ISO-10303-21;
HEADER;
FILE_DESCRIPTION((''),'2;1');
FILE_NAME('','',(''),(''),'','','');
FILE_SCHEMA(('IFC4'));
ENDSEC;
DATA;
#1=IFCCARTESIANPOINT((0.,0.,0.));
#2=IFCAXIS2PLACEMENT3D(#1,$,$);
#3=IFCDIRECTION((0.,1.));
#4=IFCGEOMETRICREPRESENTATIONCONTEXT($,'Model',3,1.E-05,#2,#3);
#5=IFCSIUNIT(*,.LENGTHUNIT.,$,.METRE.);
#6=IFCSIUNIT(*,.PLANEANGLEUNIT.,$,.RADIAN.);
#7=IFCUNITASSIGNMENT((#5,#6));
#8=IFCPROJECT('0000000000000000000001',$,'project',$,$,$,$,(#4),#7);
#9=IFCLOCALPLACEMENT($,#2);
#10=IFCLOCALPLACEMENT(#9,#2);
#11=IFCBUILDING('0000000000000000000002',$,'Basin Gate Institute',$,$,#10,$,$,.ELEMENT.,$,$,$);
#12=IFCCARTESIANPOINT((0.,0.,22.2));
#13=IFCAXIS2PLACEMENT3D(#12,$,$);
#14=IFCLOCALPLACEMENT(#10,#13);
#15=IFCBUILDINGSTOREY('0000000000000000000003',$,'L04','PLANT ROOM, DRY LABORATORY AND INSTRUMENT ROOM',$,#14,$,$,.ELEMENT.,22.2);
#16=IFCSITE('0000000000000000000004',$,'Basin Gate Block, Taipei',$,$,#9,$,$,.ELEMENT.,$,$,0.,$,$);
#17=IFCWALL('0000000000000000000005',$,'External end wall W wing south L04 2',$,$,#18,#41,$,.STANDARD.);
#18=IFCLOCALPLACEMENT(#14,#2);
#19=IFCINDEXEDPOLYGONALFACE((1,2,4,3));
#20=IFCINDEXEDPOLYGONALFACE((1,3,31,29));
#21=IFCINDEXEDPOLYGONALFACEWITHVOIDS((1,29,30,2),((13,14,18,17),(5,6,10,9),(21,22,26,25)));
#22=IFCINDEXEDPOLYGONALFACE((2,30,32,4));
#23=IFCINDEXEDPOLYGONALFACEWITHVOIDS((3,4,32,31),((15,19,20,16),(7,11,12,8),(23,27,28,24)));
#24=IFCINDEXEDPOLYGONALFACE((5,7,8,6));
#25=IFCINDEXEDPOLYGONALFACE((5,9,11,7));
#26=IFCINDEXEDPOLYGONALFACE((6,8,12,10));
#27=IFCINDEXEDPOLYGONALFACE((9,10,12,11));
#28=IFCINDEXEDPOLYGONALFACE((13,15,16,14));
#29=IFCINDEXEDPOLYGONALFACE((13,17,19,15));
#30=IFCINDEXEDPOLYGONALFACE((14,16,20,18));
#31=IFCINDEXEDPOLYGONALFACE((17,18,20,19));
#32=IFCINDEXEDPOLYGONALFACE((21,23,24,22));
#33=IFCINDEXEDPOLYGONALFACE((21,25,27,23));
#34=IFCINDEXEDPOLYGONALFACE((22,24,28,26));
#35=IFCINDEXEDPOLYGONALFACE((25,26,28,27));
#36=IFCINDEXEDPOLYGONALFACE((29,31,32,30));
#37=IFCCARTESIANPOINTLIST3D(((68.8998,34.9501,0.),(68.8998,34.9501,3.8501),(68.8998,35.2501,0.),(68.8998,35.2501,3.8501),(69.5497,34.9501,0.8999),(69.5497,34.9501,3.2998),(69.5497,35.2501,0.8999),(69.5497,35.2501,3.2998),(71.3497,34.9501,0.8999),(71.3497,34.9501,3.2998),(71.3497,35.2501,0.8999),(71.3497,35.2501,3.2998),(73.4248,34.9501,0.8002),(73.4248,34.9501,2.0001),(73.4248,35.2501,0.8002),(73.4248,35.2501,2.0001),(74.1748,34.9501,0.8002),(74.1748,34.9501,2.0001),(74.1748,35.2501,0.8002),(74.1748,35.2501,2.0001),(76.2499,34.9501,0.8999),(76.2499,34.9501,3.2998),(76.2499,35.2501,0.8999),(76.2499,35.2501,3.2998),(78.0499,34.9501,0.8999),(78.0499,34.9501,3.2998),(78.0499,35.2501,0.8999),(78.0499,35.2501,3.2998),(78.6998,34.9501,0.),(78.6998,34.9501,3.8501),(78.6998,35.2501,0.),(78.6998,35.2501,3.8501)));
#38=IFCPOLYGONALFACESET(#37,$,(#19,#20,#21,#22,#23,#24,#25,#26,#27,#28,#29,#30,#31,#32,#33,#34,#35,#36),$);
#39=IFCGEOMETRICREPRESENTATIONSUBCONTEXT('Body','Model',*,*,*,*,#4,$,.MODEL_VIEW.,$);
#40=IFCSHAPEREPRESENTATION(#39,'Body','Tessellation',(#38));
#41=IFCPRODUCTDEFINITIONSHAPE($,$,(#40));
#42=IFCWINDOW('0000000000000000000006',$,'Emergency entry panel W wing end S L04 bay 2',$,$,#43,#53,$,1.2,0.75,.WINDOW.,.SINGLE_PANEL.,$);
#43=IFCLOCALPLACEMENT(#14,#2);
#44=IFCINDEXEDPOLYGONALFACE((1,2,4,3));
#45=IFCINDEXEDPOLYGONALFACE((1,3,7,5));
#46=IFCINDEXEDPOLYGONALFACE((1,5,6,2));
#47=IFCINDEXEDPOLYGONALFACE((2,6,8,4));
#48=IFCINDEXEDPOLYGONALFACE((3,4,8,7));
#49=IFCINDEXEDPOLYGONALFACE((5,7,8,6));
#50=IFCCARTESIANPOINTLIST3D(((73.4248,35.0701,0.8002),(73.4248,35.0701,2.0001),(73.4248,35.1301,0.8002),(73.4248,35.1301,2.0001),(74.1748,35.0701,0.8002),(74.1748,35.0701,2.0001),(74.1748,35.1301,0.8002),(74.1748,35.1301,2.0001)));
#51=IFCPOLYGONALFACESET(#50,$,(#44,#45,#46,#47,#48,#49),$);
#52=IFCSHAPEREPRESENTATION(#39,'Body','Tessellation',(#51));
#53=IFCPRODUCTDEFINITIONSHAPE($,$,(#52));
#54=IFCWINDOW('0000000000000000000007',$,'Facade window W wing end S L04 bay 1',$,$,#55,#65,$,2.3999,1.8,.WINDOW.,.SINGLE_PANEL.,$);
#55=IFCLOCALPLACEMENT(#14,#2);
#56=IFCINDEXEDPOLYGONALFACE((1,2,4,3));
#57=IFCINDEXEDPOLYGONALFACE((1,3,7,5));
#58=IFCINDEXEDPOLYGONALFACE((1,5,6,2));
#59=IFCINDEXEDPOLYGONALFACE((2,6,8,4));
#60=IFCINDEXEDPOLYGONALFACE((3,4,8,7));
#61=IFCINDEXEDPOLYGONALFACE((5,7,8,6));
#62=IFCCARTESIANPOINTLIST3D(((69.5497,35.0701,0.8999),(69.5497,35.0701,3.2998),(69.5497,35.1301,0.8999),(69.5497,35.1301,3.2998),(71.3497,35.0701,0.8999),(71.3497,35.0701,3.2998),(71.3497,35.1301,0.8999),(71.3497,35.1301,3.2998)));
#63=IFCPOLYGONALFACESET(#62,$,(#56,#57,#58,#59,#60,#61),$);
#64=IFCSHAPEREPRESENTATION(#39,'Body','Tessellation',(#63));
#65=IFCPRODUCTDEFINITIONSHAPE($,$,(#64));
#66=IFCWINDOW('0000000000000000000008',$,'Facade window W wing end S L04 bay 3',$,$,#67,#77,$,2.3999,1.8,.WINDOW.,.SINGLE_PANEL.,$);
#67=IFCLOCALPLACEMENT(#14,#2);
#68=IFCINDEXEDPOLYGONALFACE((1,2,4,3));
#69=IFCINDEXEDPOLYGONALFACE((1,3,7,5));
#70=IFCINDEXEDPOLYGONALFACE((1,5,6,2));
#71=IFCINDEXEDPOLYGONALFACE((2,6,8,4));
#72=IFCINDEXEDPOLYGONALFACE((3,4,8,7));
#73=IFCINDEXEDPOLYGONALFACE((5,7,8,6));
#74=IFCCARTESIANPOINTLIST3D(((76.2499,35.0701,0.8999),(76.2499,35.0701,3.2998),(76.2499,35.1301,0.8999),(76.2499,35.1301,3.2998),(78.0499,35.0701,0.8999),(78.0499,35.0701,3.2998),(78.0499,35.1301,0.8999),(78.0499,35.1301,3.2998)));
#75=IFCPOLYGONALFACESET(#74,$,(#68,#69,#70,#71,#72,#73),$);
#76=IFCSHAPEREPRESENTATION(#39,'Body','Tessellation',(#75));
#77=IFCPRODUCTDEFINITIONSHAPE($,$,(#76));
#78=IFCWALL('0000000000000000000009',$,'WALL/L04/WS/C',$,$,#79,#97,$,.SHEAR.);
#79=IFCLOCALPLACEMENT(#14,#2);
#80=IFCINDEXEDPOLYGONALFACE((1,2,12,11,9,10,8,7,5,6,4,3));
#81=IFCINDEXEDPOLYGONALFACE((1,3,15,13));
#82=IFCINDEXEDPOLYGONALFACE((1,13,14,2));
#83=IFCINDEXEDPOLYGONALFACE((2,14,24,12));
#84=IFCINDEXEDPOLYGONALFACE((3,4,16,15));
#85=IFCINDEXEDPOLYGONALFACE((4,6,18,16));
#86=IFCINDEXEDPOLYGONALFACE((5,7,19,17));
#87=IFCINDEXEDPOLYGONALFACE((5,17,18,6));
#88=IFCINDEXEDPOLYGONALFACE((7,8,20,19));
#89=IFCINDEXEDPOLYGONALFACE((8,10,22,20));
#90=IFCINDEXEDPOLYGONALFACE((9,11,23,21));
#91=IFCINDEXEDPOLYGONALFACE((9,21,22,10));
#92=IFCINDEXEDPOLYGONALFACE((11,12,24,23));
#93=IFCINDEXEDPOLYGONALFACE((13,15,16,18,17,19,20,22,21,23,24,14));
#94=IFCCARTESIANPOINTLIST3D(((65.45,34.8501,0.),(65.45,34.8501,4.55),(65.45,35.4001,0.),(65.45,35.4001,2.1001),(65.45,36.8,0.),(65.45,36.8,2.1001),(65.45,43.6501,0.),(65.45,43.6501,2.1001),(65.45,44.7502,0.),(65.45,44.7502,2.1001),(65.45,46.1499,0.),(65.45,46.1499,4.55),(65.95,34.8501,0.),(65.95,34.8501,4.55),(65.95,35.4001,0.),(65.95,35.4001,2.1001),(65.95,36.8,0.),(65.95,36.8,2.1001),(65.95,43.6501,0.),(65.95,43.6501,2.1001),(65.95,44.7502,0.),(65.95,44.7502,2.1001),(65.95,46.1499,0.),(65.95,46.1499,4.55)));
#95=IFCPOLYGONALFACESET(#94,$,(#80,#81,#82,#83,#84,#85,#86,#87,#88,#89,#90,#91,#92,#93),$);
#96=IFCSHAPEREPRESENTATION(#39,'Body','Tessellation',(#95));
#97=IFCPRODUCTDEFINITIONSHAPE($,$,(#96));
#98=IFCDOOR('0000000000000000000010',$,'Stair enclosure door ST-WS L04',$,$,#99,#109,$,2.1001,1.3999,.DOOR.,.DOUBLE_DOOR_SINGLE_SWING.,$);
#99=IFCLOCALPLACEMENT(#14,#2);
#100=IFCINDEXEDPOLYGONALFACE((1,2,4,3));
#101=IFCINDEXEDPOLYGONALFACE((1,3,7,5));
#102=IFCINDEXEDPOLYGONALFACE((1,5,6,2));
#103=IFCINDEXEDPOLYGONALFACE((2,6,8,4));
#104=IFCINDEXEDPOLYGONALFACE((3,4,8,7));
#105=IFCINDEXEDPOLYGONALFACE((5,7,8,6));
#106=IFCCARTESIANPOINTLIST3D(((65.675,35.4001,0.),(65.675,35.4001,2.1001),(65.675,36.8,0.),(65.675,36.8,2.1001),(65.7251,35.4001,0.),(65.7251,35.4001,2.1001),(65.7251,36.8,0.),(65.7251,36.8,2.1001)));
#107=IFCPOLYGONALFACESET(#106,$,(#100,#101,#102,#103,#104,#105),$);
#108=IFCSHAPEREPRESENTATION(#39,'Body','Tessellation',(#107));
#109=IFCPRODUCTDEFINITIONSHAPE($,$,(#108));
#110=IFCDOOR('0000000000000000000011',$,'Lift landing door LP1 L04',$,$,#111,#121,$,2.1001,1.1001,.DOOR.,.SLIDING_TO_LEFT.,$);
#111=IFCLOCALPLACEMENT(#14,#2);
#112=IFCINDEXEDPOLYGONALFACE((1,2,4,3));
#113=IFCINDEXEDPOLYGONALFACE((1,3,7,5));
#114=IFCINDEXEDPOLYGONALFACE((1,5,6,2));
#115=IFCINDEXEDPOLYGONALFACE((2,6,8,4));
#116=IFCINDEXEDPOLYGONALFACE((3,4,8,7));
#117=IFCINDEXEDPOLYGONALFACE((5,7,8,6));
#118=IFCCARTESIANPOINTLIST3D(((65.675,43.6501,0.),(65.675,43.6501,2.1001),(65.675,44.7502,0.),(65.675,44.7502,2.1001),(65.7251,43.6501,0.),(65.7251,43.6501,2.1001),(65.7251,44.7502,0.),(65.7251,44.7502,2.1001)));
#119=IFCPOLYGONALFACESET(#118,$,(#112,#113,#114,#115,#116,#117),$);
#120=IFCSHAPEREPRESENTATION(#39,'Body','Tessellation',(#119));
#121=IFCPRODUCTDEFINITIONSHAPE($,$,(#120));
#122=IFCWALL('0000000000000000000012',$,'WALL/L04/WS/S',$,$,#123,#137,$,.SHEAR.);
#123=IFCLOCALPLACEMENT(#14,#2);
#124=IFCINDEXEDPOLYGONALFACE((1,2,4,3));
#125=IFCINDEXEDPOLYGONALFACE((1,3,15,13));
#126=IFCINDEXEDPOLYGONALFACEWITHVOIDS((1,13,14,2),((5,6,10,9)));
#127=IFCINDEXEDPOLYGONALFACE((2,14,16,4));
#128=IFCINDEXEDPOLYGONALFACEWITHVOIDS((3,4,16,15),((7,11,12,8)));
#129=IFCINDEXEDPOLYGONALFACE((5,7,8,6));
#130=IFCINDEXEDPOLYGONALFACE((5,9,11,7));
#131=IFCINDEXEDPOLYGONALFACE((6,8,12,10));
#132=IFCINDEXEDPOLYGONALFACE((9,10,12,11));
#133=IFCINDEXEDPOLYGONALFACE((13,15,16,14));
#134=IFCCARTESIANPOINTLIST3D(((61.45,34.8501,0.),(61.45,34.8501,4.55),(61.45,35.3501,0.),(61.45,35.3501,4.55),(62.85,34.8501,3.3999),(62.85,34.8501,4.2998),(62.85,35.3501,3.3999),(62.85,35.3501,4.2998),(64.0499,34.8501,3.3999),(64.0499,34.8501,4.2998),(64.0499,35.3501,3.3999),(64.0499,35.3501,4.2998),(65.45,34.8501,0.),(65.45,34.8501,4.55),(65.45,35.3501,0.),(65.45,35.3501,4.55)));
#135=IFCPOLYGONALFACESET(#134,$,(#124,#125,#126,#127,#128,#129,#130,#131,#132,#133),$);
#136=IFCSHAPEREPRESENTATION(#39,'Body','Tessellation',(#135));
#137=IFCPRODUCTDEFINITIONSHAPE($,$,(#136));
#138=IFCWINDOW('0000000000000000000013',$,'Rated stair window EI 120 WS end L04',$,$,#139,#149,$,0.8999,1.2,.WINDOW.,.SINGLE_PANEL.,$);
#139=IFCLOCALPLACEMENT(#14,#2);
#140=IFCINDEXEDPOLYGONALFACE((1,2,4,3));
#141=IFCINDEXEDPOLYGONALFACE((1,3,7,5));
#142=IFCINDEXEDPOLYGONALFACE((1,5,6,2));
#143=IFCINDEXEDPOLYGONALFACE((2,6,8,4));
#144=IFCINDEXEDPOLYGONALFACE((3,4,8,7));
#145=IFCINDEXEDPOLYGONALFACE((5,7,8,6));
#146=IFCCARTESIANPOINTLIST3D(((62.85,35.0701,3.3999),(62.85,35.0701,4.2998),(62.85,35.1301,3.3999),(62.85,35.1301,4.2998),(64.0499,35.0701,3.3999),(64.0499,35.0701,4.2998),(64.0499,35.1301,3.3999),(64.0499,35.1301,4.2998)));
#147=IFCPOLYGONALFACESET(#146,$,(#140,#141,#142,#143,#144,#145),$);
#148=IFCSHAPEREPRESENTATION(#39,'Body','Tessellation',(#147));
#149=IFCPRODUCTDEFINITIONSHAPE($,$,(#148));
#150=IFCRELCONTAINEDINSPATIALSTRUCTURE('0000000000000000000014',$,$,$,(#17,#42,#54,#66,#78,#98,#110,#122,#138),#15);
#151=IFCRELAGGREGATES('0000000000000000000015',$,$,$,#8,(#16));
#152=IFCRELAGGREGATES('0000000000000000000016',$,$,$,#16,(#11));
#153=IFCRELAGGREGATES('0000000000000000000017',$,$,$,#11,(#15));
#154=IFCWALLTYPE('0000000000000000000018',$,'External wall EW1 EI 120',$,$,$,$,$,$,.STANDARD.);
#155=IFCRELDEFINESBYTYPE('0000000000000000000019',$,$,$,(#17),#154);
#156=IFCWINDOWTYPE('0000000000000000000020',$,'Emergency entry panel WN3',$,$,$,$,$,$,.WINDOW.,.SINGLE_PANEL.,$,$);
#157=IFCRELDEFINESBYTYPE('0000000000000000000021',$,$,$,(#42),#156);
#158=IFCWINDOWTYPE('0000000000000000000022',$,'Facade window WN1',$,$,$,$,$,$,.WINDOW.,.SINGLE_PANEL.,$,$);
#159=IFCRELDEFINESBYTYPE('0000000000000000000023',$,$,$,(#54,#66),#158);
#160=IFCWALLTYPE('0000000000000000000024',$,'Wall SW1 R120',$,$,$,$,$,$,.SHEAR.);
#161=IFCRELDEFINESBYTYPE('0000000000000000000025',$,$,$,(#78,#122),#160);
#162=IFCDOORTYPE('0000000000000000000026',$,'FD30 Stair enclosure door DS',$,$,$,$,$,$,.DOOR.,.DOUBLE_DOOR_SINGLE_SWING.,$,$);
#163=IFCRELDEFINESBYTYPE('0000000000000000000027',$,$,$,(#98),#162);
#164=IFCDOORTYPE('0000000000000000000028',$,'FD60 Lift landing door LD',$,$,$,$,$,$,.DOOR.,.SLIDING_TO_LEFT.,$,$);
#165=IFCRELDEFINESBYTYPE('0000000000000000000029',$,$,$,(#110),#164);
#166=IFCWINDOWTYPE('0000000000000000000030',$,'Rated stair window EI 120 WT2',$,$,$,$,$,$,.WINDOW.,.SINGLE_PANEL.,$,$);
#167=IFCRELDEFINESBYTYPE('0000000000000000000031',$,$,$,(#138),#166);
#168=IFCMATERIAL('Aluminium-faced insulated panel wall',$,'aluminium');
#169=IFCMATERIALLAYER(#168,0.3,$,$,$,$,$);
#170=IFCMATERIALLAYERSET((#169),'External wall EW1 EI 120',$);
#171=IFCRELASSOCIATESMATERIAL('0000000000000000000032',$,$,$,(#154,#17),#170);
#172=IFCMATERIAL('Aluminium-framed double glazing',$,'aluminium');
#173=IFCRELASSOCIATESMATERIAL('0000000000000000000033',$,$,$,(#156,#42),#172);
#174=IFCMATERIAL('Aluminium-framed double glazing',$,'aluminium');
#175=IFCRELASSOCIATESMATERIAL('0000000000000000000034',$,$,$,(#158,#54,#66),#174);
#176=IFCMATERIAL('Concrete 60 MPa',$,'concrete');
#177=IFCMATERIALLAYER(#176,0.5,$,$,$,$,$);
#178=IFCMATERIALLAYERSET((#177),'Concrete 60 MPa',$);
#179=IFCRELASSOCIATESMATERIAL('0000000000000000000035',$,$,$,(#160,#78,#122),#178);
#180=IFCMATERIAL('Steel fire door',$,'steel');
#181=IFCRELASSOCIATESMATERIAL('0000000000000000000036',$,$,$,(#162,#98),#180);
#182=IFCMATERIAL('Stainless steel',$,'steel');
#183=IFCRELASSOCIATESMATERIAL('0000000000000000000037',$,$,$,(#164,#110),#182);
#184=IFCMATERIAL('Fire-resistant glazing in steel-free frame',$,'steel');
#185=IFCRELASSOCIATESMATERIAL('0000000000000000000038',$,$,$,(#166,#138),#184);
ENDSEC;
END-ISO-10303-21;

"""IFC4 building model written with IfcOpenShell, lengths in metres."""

from ifc_helpers import new_model, si_unit, direction, frame, frame_2d, origin, place, context, subcontext, project, spatial, rectangle, extrude, material, layer, layer_set, type_object, element, fill, save


model = new_model("IFC4")

# Units and contexts
model_context = context("Model", 3, precision=1e-05, world=origin(), true_north=direction((0.0, 1.0)))
body_context = subcontext(model_context, "Body", "Model", "MODEL_VIEW")
ifc_project = project(units=[si_unit("LENGTHUNIT", "METRE"), si_unit("PLANEANGLEUNIT", "RADIAN")], contexts=[model_context])

# Site, building, storey
site_placement = place(None, origin())
site = spatial("IfcSite", under=ifc_project, at=site_placement, Name="Basin Gate Block, Taipei", CompositionType="ELEMENT", RefElevation=0.0)
building_placement = place(site_placement, origin())
building = spatial("IfcBuilding", under=site, at=building_placement, Name="Basin Gate Institute", CompositionType="ELEMENT")
storey_placement = place(building_placement, frame((0.0, 0.0, 22.2)))
storey = spatial("IfcBuildingStorey", under=building, at=storey_placement, Name="L04", Description="PLANT ROOM, DRY LABORATORY AND INSTRUMENT ROOM", CompositionType="ELEMENT", Elevation=22.2)

# Shared definitions
ifc_material_1 = material(Name="Aluminium-faced insulated panel wall", Category="aluminium")
ifc_layer_1 = layer(ifc_material_1, 0.3)
ifc_layer_set_1 = layer_set([ifc_layer_1], Name="External wall EW1 EI 120")
wall_type_1 = type_object("IfcWallType", Name="External wall EW1 EI 120", PredefinedType="STANDARD", material=ifc_layer_set_1)

# Wall, openings, windows
wall_1_placement = place(storey_placement, frame((68.8999, 35.1001, 0.0), z_axis=(0.0, 0.0, 1.0), x_axis=(1.0, 0.0, 0.0)))
wall_1 = element("IfcWall", 1, at=wall_1_placement, inside=storey, type_object=wall_type_1, material=ifc_layer_set_1, Name="External end wall W wing south L04 2", PredefinedType="STANDARD", context=body_context, shape_type="SweptSolid", body=[
    extrude(rectangle(XDim=9.8, YDim=0.3, at=frame_2d((4.8999, 0.0))), origin(), (0.0, 0.0, 1.0), 3.8501),
])
opening_1_placement = place(wall_1_placement, frame((0.6499, 0.0, 0.8999)))
opening_1 = element("IfcOpeningElement", 2, at=opening_1_placement, cuts=wall_1, PredefinedType="OPENING", context=body_context, shape_type="SweptSolid", body=[
    extrude(rectangle(XDim=1.8, YDim=2.3999, at=frame_2d((0.8999, 1.2))), frame((0.0, 0.1602, 0.0), z_axis=(0.0, -1.0, 0.0), x_axis=(1.0, 0.0, 0.0)), (0.0, 0.0, 1.0), 0.3201),
])
opening_2_placement = place(wall_1_placement, frame((4.5249, 0.0, 0.8)))
opening_2 = element("IfcOpeningElement", 3, at=opening_2_placement, cuts=wall_1, PredefinedType="OPENING", context=body_context, shape_type="SweptSolid", body=[
    extrude(rectangle(XDim=0.75, YDim=1.2, at=frame_2d((0.375, 0.6001))), frame((0.0, 0.1602, 0.0), z_axis=(0.0, -1.0, 0.0), x_axis=(1.0, 0.0, 0.0)), (0.0, 0.0, 1.0), 0.3201),
])
opening_3_placement = place(wall_1_placement, frame((7.3501, 0.0, 0.8999)))
opening_3 = element("IfcOpeningElement", 4, at=opening_3_placement, cuts=wall_1, PredefinedType="OPENING", context=body_context, shape_type="SweptSolid", body=[
    extrude(rectangle(XDim=1.8, YDim=2.3999, at=frame_2d((0.8999, 1.2))), frame((0.0, 0.1602, 0.0), z_axis=(0.0, -1.0, 0.0), x_axis=(1.0, 0.0, 0.0)), (0.0, 0.0, 1.0), 0.3201),
])
ifc_material_2 = material(Name="Aluminium-framed double glazing", Category="aluminium")
window_type_1 = type_object("IfcWindowType", Name="Emergency entry panel WN3", PartitioningType="SINGLE_PANEL", PredefinedType="WINDOW", material=ifc_material_2)
window_1_placement = place(opening_2_placement, origin())
window_1 = element("IfcWindow", 5, at=window_1_placement, inside=storey, type_object=window_type_1, material=ifc_material_2, Name="Emergency entry panel W wing end S L04 bay 2", OverallHeight=1.2, OverallWidth=0.75, PartitioningType="SINGLE_PANEL", PredefinedType="WINDOW", context=body_context, shape_type="SweptSolid", body=[
    extrude(rectangle(XDim=0.75, YDim=1.2, at=frame_2d((0.375, 0.6001))), frame((0.0, 0.03, 0.0), z_axis=(0.0, -1.0, 0.0), x_axis=(1.0, 0.0, 0.0)), (0.0, 0.0, 1.0), 0.0601),
])
fill(opening_2, window_1)
ifc_material_3 = material(Name="Aluminium-framed double glazing", Category="aluminium")
window_type_2 = type_object("IfcWindowType", Name="Facade window WN1", PartitioningType="SINGLE_PANEL", PredefinedType="WINDOW", material=ifc_material_3)
window_2_placement = place(opening_1_placement, origin())
window_2 = element("IfcWindow", 6, at=window_2_placement, inside=storey, type_object=window_type_2, material=ifc_material_3, Name="Facade window W wing end S L04 bay 1", OverallHeight=2.3999, OverallWidth=1.8, PartitioningType="SINGLE_PANEL", PredefinedType="WINDOW", context=body_context, shape_type="SweptSolid", body=[
    extrude(rectangle(XDim=1.8, YDim=2.3999, at=frame_2d((0.8999, 1.2))), frame((0.0, 0.03, 0.0), z_axis=(0.0, -1.0, 0.0), x_axis=(1.0, 0.0, 0.0)), (0.0, 0.0, 1.0), 0.0601),
])
fill(opening_1, window_2)
window_3_placement = place(opening_3_placement, origin())
window_3 = element("IfcWindow", 7, at=window_3_placement, inside=storey, type_object=window_type_2, material=ifc_material_3, Name="Facade window W wing end S L04 bay 3", OverallHeight=2.3999, OverallWidth=1.8, PartitioningType="SINGLE_PANEL", PredefinedType="WINDOW", context=body_context, shape_type="SweptSolid", body=[
    extrude(rectangle(XDim=1.8, YDim=2.3999, at=frame_2d((0.8999, 1.2))), frame((0.0, 0.03, 0.0), z_axis=(0.0, -1.0, 0.0), x_axis=(1.0, 0.0, 0.0)), (0.0, 0.0, 1.0), 0.0601),
])
fill(opening_3, window_3)

# Wall, openings, doors
ifc_material_4 = material(Name="Concrete 60 MPa", Category="concrete")
ifc_layer_2 = layer(ifc_material_4, 0.5)
ifc_layer_set_2 = layer_set([ifc_layer_2], Name="Concrete 60 MPa")
wall_type_2 = type_object("IfcWallType", Name="Wall SW1 R120", PredefinedType="SHEAR", material=ifc_layer_set_2)
wall_2_placement = place(storey_placement, frame((65.7, 34.8501, 0.0), z_axis=(0.0, 0.0, 1.0), x_axis=(0.0, 1.0, 0.0)))
wall_2 = element("IfcWall", 8, at=wall_2_placement, inside=storey, type_object=wall_type_2, material=ifc_layer_set_2, Name="WALL/L04/WS/C", PredefinedType="SHEAR", context=body_context, shape_type="SweptSolid", body=[
    extrude(rectangle(XDim=11.2998, YDim=0.5, at=frame_2d((5.6499, 0.0))), origin(), (0.0, 0.0, 1.0), 4.55),
])
opening_4_placement = place(wall_2_placement, frame((0.55, 0.0, 0.0)))
opening_4 = element("IfcOpeningElement", 9, at=opening_4_placement, cuts=wall_2, PredefinedType="OPENING", context=body_context, shape_type="SweptSolid", body=[
    extrude(rectangle(XDim=1.3999, YDim=2.1001, at=frame_2d((0.7, 1.05))), frame((0.0, 0.26, 0.0), z_axis=(0.0, -1.0, 0.0), x_axis=(1.0, 0.0, 0.0)), (0.0, 0.0, 1.0), 0.52),
])
opening_5_placement = place(wall_2_placement, frame((8.8, 0.0, 0.0)))
opening_5 = element("IfcOpeningElement", 10, at=opening_5_placement, cuts=wall_2, PredefinedType="OPENING", context=body_context, shape_type="SweptSolid", body=[
    extrude(rectangle(XDim=1.1001, YDim=2.1001, at=frame_2d((0.55, 1.05))), frame((0.0, 0.26, 0.0), z_axis=(0.0, -1.0, 0.0), x_axis=(1.0, 0.0, 0.0)), (0.0, 0.0, 1.0), 0.52),
])
ifc_material_5 = material(Name="Steel fire door", Category="steel")
door_type_1 = type_object("IfcDoorType", Name="FD30 Stair enclosure door DS", OperationType="DOUBLE_DOOR_SINGLE_SWING", PredefinedType="DOOR", material=ifc_material_5)
door_1_placement = place(opening_4_placement, origin())
door_1 = element("IfcDoor", 11, at=door_1_placement, inside=storey, type_object=door_type_1, material=ifc_material_5, Name="Stair enclosure door ST-WS L04", OperationType="DOUBLE_DOOR_SINGLE_SWING", OverallHeight=2.1001, OverallWidth=1.3999, PredefinedType="DOOR", context=body_context, shape_type="SweptSolid", body=[
    extrude(rectangle(XDim=1.3999, YDim=2.1001, at=frame_2d((0.7, 1.05))), frame((0.0, 0.0249, 0.0), z_axis=(0.0, -1.0, 0.0), x_axis=(1.0, 0.0, 0.0)), (0.0, 0.0, 1.0), 0.05),
])
fill(opening_4, door_1)
ifc_material_6 = material(Name="Stainless steel", Category="steel")
door_type_2 = type_object("IfcDoorType", Name="FD60 Lift landing door LD", OperationType="SLIDING_TO_LEFT", PredefinedType="DOOR", material=ifc_material_6)
door_2_placement = place(opening_5_placement, origin())
door_2 = element("IfcDoor", 12, at=door_2_placement, inside=storey, type_object=door_type_2, material=ifc_material_6, Name="Lift landing door LP1 L04", OperationType="SLIDING_TO_LEFT", OverallHeight=2.1001, OverallWidth=1.1001, PredefinedType="DOOR", context=body_context, shape_type="SweptSolid", body=[
    extrude(rectangle(XDim=1.1001, YDim=2.1001, at=frame_2d((0.55, 1.05))), frame((0.0, 0.0249, 0.0), z_axis=(0.0, -1.0, 0.0), x_axis=(1.0, 0.0, 0.0)), (0.0, 0.0, 1.0), 0.05),
])
fill(opening_5, door_2)

# Wall, opening, window
wall_3_placement = place(storey_placement, frame((61.45, 35.1001, 0.0), z_axis=(0.0, 0.0, 1.0), x_axis=(1.0, 0.0, 0.0)))
wall_3 = element("IfcWall", 13, at=wall_3_placement, inside=storey, type_object=wall_type_2, material=ifc_layer_set_2, Name="WALL/L04/WS/S", PredefinedType="SHEAR", context=body_context, shape_type="SweptSolid", body=[
    extrude(rectangle(XDim=4.0, YDim=0.5, at=frame_2d((2.0, 0.0))), origin(), (0.0, 0.0, 1.0), 4.55),
])
opening_6_placement = place(wall_3_placement, frame((1.3999, 0.0, 3.3999)))
opening_6 = element("IfcOpeningElement", 14, at=opening_6_placement, cuts=wall_3, PredefinedType="OPENING", context=body_context, shape_type="SweptSolid", body=[
    extrude(rectangle(XDim=1.2, YDim=0.8999, at=frame_2d((0.6001, 0.45))), frame((0.0, 0.26, 0.0), z_axis=(0.0, -1.0, 0.0), x_axis=(1.0, 0.0, 0.0)), (0.0, 0.0, 1.0), 0.52),
])
ifc_material_7 = material(Name="Fire-resistant glazing in steel-free frame", Category="steel")
window_type_3 = type_object("IfcWindowType", Name="Rated stair window EI 120 WT2", PartitioningType="SINGLE_PANEL", PredefinedType="WINDOW", material=ifc_material_7)
window_4_placement = place(opening_6_placement, origin())
window_4 = element("IfcWindow", 15, at=window_4_placement, inside=storey, type_object=window_type_3, material=ifc_material_7, Name="Rated stair window EI 120 WS end L04", OverallHeight=0.8999, OverallWidth=1.2, PartitioningType="SINGLE_PANEL", PredefinedType="WINDOW", context=body_context, shape_type="SweptSolid", body=[
    extrude(rectangle(XDim=1.2, YDim=0.8999, at=frame_2d((0.6001, 0.45))), frame((0.0, 0.03, 0.0), z_axis=(0.0, -1.0, 0.0), x_axis=(1.0, 0.0, 0.0)), (0.0, 0.0, 1.0), 0.0601),
])
fill(opening_6, window_4)

save(model, "model.ifc")
